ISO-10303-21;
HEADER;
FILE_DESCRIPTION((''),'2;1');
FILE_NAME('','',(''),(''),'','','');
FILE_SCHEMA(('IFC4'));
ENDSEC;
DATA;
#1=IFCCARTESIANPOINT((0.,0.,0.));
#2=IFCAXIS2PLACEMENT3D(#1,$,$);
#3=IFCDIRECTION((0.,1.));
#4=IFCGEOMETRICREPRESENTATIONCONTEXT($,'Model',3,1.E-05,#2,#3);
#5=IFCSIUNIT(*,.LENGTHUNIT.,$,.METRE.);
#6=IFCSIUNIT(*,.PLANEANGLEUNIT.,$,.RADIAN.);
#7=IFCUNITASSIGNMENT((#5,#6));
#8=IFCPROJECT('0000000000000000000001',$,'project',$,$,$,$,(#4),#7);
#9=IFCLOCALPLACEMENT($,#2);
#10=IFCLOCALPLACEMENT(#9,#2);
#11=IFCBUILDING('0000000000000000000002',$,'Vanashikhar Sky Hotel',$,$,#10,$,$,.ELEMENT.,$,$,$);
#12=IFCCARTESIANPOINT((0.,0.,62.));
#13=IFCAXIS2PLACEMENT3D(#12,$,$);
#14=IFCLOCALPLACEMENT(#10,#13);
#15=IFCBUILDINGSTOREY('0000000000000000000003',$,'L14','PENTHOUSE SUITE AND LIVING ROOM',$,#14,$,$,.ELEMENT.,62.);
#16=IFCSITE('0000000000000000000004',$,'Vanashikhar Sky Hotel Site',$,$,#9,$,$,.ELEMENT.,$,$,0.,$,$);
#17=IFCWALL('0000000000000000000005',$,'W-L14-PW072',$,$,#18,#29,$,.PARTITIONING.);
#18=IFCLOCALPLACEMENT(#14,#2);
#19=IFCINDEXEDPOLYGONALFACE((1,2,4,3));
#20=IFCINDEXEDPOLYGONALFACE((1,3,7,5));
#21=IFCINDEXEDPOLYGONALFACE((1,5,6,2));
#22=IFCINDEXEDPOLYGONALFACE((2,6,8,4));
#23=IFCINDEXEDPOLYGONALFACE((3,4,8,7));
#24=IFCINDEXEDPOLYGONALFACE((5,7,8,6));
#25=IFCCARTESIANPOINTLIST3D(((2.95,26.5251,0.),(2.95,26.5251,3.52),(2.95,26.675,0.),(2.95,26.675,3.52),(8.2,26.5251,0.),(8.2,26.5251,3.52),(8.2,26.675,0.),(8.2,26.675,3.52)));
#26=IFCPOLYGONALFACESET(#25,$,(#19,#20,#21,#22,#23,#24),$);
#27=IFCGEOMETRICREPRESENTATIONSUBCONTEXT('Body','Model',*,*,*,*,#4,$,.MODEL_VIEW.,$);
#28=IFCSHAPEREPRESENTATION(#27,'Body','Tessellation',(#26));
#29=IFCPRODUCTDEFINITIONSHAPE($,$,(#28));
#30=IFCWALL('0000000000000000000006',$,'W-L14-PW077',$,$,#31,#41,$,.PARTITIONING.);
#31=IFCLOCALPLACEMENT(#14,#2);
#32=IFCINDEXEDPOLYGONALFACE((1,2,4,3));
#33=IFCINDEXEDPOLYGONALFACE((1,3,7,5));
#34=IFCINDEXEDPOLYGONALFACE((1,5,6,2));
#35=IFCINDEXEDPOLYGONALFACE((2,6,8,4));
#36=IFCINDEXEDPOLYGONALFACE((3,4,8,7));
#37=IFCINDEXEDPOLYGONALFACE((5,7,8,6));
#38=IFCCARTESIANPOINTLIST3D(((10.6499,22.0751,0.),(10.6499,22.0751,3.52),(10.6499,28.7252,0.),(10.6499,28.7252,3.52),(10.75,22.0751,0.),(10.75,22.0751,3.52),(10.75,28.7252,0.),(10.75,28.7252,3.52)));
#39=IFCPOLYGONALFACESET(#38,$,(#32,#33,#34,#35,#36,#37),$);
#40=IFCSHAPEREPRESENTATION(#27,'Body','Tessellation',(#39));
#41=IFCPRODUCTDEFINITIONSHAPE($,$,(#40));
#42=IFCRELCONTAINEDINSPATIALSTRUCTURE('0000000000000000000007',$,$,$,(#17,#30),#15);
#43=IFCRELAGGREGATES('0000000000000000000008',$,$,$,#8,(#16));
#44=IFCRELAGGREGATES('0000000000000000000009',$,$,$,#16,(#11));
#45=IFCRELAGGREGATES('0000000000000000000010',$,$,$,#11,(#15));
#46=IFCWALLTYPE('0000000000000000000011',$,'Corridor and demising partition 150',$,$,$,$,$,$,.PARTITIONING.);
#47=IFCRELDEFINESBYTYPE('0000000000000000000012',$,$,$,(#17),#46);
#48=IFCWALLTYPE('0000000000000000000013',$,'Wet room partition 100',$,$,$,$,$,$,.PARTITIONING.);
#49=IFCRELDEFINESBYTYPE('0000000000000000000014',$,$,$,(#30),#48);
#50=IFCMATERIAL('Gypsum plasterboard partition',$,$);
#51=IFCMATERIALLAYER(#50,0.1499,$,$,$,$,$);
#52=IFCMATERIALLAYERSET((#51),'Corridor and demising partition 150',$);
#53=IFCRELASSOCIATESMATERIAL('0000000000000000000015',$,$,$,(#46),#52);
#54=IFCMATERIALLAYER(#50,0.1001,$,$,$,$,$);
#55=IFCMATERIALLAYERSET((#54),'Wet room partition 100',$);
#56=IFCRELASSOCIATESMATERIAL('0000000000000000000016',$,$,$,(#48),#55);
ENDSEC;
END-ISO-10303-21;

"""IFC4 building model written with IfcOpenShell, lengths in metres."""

from ifc_helpers import new_model, si_unit, direction, frame, frame_2d, origin, place, context, subcontext, project, spatial, rectangle, extrude, source, transform, mapped, material, layer, layer_set, type_object, element, save


model = new_model("IFC4")

# Units and contexts
model_context = context("Model", 3, precision=1e-05, world=origin(), true_north=direction((0.0, 1.0)))
body_context = subcontext(model_context, "Body", "Model", "MODEL_VIEW")
ifc_project = project(units=[si_unit("LENGTHUNIT", "METRE"), si_unit("PLANEANGLEUNIT", "RADIAN")], contexts=[model_context])

# Site, building, storey
site_placement = place(None, origin())
site = spatial("IfcSite", under=ifc_project, at=site_placement, Name="Vanashikhar Sky Hotel Site", CompositionType="ELEMENT", RefElevation=0.0)
building_placement = place(site_placement, origin())
building = spatial("IfcBuilding", under=site, at=building_placement, Name="Vanashikhar Sky Hotel", CompositionType="ELEMENT")
storey_placement = place(building_placement, frame((0.0, 0.0, 62.0)))
storey = spatial("IfcBuildingStorey", under=building, at=storey_placement, Name="L14", Description="PENTHOUSE SUITE AND LIVING ROOM", CompositionType="ELEMENT", Elevation=62.0)

# Shared definitions
ifc_material_1 = material(Name="Gypsum plasterboard partition")
ifc_layer_1 = layer(ifc_material_1, 0.1499)
ifc_layer_set_1 = layer_set([ifc_layer_1], Name="Corridor and demising partition 150")
wall_type_1 = type_object("IfcWallType", Name="Corridor and demising partition 150", PredefinedType="PARTITIONING", material=ifc_layer_set_1)

# Walls
shared_shape_1 = source(origin(), body_context, "Body", "SweptSolid", [
    extrude(rectangle(XDim=5.25, YDim=0.1499, at=frame_2d((2.625, 0.0))), origin(), (0.0, 0.0, 1.0), 3.52),
])
wall_1_placement = place(storey_placement, frame((2.95, 26.6001, 0.0), z_axis=(0.0, 0.0, 1.0), x_axis=(1.0, 0.0, 0.0)))
element("IfcWall", 1, at=wall_1_placement, inside=storey, type_object=wall_type_1, Name="W-L14-PW072", PredefinedType="PARTITIONING", context=body_context, shape_type="MappedRepresentation", body=[
    mapped(shared_shape_1, transform((0.0, 0.0, 0.0), scale=1.0)),
])
ifc_layer_2 = layer(ifc_material_1, 0.1001)
ifc_layer_set_2 = layer_set([ifc_layer_2], Name="Wet room partition 100")
wall_type_2 = type_object("IfcWallType", Name="Wet room partition 100", PredefinedType="PARTITIONING", material=ifc_layer_set_2)
shared_shape_2 = source(origin(), body_context, "Body", "SweptSolid", [
    extrude(rectangle(XDim=6.6501, YDim=0.1001, at=frame_2d((3.3252, 0.0))), origin(), (0.0, 0.0, 1.0), 3.52),
])
wall_2_placement = place(storey_placement, frame((10.7, 22.075, 0.0), z_axis=(0.0, 0.0, 1.0), x_axis=(0.0, 1.0, 0.0)))
element("IfcWall", 2, at=wall_2_placement, inside=storey, type_object=wall_type_2, Name="W-L14-PW077", PredefinedType="PARTITIONING", context=body_context, shape_type="MappedRepresentation", body=[
    mapped(shared_shape_2, transform((0.0, 0.0, 0.0), scale=1.0)),
])

save(model, "model.ifc")
